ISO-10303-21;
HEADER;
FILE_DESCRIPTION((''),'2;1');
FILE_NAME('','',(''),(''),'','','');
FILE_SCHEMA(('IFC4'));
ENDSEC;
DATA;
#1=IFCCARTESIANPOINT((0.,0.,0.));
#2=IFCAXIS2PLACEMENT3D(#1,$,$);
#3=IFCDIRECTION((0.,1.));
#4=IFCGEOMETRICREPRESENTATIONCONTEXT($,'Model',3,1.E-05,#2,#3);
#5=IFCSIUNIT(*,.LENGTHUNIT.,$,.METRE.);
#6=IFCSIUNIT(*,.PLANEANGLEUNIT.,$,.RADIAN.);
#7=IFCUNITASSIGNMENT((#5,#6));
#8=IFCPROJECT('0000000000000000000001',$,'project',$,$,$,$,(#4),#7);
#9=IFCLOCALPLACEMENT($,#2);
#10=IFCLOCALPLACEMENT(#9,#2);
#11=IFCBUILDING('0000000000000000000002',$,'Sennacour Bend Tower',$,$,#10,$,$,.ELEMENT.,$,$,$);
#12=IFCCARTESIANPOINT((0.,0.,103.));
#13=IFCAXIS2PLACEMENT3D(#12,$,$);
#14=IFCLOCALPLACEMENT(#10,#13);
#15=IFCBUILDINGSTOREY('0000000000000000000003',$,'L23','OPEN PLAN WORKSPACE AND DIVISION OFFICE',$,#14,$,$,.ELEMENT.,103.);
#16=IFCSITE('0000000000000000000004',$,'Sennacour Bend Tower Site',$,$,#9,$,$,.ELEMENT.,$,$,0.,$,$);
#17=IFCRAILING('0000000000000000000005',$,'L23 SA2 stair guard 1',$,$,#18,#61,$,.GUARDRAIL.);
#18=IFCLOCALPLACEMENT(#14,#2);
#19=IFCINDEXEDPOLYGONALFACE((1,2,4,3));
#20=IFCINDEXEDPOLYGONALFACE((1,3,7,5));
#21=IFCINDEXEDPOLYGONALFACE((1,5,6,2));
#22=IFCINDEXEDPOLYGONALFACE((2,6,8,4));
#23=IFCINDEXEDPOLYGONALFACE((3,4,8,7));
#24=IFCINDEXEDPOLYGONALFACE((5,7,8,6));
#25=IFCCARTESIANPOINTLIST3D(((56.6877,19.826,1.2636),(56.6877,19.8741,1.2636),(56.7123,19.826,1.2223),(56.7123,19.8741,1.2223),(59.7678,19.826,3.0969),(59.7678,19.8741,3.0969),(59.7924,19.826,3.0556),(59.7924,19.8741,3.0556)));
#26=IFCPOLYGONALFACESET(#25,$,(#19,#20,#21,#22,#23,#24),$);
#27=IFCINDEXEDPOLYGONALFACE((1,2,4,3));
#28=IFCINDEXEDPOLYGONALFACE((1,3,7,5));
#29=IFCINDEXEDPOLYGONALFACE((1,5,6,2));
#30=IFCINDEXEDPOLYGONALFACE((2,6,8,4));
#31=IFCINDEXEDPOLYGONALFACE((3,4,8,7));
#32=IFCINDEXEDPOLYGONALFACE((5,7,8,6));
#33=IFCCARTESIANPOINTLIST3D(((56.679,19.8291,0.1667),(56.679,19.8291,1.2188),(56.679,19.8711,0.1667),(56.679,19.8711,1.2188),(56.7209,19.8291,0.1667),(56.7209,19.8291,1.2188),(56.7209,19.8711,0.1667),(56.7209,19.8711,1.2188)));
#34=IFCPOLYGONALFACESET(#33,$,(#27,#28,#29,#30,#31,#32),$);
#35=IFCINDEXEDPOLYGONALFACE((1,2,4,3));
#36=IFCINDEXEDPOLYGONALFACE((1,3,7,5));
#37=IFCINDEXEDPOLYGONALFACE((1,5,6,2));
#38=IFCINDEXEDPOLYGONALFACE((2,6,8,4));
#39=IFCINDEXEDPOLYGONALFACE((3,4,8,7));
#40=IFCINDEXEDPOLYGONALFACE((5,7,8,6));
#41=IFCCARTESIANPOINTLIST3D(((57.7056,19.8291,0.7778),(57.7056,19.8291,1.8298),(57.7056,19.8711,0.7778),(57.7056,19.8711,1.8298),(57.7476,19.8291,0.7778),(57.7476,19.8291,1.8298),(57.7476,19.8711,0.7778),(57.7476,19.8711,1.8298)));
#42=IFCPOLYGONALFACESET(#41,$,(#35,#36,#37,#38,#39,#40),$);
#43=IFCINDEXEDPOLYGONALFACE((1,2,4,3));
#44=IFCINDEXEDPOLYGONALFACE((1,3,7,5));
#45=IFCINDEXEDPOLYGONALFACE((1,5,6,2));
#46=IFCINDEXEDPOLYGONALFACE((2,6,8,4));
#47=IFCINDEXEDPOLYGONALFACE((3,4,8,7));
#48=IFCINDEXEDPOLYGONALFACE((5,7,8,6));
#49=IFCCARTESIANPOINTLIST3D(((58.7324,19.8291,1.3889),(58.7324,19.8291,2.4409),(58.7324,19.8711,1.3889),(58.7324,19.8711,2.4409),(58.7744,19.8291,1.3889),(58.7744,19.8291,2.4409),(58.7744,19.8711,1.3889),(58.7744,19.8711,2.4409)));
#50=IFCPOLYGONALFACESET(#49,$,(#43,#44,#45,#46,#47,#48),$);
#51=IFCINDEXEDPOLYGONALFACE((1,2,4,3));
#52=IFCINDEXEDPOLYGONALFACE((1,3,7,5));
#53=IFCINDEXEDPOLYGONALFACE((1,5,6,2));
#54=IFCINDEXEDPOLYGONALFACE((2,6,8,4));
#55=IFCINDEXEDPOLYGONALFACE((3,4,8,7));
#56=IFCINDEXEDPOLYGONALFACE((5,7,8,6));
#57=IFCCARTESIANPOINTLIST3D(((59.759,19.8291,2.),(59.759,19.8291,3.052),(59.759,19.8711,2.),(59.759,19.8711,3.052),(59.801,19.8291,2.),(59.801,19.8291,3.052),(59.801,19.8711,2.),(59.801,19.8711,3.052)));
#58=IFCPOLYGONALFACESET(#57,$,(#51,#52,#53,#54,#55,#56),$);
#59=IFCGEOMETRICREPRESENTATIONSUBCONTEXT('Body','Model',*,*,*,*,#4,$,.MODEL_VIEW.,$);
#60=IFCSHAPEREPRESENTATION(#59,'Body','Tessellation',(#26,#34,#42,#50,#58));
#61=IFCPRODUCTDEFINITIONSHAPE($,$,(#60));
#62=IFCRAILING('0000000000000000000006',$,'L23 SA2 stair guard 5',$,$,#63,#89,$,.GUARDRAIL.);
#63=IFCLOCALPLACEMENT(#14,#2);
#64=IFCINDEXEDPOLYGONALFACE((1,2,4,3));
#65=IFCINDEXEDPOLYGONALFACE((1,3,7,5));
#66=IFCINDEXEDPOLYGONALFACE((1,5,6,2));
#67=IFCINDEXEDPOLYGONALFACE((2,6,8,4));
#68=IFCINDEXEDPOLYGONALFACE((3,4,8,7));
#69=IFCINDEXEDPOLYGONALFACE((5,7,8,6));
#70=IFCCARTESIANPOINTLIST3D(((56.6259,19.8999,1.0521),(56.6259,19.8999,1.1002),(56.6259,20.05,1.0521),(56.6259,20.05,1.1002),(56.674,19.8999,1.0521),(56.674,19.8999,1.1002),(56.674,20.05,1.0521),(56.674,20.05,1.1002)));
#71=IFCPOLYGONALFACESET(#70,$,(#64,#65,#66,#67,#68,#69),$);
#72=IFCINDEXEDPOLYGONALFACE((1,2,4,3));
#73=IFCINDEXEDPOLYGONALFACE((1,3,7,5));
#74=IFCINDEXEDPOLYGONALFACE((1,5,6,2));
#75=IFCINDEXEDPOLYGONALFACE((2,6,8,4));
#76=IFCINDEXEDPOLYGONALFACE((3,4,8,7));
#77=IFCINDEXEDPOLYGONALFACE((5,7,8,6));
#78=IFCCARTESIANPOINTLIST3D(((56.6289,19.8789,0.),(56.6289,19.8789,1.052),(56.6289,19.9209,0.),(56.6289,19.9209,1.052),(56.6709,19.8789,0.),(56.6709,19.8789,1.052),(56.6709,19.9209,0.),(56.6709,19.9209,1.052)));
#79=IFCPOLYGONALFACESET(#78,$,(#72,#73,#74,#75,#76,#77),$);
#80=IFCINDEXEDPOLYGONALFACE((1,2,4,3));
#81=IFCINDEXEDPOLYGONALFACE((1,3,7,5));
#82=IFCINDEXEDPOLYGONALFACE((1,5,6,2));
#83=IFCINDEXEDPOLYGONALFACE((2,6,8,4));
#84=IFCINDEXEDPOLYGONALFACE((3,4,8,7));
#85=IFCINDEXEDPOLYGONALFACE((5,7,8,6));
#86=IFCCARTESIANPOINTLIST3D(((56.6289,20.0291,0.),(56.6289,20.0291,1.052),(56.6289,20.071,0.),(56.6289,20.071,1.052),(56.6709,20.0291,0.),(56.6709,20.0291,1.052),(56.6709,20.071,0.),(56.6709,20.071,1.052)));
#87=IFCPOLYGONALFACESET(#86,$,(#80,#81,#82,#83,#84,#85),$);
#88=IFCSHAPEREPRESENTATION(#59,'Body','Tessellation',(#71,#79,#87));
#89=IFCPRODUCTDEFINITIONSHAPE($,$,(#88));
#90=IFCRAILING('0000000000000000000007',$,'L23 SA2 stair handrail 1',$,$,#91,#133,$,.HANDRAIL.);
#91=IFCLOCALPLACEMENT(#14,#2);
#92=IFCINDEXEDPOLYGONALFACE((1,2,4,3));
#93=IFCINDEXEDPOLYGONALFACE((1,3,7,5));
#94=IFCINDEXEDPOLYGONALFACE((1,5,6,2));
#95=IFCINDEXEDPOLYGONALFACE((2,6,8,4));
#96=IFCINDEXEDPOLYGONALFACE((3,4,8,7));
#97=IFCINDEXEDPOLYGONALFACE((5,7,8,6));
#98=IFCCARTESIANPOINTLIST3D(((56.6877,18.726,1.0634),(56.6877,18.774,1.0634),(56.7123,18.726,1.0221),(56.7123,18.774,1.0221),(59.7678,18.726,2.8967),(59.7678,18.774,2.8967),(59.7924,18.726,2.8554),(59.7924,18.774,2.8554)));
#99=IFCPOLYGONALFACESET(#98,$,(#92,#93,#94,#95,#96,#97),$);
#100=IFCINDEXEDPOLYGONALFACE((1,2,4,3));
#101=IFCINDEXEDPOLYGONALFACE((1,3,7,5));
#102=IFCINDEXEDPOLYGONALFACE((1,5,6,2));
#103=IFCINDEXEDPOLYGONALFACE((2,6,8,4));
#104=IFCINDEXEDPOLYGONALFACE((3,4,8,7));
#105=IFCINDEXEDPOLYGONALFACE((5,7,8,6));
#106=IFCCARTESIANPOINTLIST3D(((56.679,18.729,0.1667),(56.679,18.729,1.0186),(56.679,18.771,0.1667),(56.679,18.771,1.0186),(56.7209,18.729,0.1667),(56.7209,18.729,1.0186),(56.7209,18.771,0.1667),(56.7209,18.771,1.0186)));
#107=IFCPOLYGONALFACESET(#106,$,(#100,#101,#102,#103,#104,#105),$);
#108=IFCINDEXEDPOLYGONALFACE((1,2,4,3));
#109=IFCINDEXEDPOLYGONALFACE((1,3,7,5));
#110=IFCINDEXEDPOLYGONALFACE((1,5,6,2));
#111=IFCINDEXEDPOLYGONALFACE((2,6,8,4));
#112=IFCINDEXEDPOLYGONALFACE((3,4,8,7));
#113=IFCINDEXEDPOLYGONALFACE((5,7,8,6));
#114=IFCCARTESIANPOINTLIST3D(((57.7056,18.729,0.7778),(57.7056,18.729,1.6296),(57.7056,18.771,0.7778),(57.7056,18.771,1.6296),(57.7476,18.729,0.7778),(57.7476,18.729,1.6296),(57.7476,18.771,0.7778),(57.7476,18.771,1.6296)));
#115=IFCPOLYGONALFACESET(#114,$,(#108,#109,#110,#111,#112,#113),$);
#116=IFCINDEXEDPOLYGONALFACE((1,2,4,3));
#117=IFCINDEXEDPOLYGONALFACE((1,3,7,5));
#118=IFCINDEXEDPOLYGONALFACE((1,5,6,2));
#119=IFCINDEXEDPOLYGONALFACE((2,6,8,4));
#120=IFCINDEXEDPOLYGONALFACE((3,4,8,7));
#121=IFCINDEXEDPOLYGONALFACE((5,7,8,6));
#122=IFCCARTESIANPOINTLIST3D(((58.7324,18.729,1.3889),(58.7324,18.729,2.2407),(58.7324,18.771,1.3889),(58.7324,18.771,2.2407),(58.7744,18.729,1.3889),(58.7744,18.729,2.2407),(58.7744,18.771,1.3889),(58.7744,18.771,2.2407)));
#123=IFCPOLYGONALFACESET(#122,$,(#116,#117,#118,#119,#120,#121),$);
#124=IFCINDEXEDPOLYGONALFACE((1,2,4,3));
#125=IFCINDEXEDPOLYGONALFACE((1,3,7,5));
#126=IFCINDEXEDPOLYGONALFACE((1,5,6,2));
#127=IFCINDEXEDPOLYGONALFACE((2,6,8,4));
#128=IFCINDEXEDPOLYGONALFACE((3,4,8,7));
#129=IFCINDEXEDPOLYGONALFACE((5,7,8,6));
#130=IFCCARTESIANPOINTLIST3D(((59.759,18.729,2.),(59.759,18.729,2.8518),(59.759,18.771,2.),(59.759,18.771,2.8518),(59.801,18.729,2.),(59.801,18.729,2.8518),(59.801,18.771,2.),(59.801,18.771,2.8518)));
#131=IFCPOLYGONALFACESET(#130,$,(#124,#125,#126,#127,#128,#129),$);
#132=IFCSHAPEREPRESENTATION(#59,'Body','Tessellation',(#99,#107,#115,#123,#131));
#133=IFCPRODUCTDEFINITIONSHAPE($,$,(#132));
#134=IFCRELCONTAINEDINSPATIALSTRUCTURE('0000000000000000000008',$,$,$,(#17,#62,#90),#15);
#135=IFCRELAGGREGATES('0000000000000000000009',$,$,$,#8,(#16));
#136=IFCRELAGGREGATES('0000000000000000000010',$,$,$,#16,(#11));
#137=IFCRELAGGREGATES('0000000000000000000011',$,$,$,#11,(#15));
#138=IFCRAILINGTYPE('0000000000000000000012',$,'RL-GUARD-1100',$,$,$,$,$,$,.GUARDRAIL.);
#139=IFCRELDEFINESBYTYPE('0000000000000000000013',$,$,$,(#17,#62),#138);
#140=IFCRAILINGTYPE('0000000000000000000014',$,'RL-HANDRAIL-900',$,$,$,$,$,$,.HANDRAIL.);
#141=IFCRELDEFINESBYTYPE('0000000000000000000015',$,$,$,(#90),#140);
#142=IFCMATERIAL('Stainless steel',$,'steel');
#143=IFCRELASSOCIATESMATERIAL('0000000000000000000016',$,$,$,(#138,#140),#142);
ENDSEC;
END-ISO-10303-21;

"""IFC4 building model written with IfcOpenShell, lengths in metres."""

from ifc_helpers import new_model, si_unit, direction, frame, origin, origin_2d, place, context, subcontext, project, spatial, rectangle, extrude, material, type_object, element, save


model = new_model("IFC4")

# Units and contexts
model_context = context("Model", 3, precision=1e-05, world=origin(), true_north=direction((0.0, 1.0)))
body_context = subcontext(model_context, "Body", "Model", "MODEL_VIEW")
ifc_project = project(units=[si_unit("LENGTHUNIT", "METRE"), si_unit("PLANEANGLEUNIT", "RADIAN")], contexts=[model_context])

# Site, building, storey
site_placement = place(None, origin())
site = spatial("IfcSite", under=ifc_project, at=site_placement, Name="Sennacour Bend Tower Site", CompositionType="ELEMENT", RefElevation=0.0)
building_placement = place(site_placement, origin())
building = spatial("IfcBuilding", under=site, at=building_placement, Name="Sennacour Bend Tower", CompositionType="ELEMENT")
storey_placement = place(building_placement, frame((0.0, 0.0, 103.0)))
storey = spatial("IfcBuildingStorey", under=building, at=storey_placement, Name="L23", Description="OPEN PLAN WORKSPACE AND DIVISION OFFICE", CompositionType="ELEMENT", Elevation=103.0)

# Shared definitions
ifc_material_1 = material(Name="Stainless steel", Category="steel")

# Railings
railing_type_1 = type_object("IfcRailingType", Name="RL-GUARD-1100", PredefinedType="GUARDRAIL", material=ifc_material_1)
railing_1_placement = place(storey_placement, frame((56.7, 19.8501, 0.1667)))
element("IfcRailing", 1, at=railing_1_placement, inside=storey, type_object=railing_type_1, Name="L23 SA2 stair guard 1", PredefinedType="GUARDRAIL", context=body_context, shape_type="SweptSolid", body=[
    extrude(rectangle(XDim=0.0481, YDim=0.0481, at=origin_2d()), frame((0.0, 0.0, 1.0762), z_axis=(0.859309, 0.0, 0.511458), x_axis=(0.0, 1.0, 0.0)), (0.0, 0.0, 1.0), 3.5845),
    extrude(rectangle(XDim=0.042, YDim=0.042, at=origin_2d()), origin(), (0.0, 0.0, 1.0), 1.052),
    extrude(rectangle(XDim=0.042, YDim=0.042, at=origin_2d()), frame((1.0266, 0.0, 0.6111)), (0.0, 0.0, 1.0), 1.052),
    extrude(rectangle(XDim=0.042, YDim=0.042, at=origin_2d()), frame((2.0535, 0.0, 1.2222)), (0.0, 0.0, 1.0), 1.052),
    extrude(rectangle(XDim=0.042, YDim=0.042, at=origin_2d()), frame((3.0801, 0.0, 1.8333)), (0.0, 0.0, 1.0), 1.052),
])
railing_2_placement = place(storey_placement, frame((56.6499, 19.8999, 0.0)))
element("IfcRailing", 2, at=railing_2_placement, inside=storey, type_object=railing_type_1, Name="L23 SA2 stair guard 5", PredefinedType="GUARDRAIL", context=body_context, shape_type="SweptSolid", body=[
    extrude(rectangle(XDim=0.0481, YDim=0.0481, at=origin_2d()), frame((0.0, 0.0, 1.0762), z_axis=(0.0, 1.0, 0.0), x_axis=(-1.0, 0.0, 0.0)), (0.0, 0.0, 1.0), 0.1501),
    extrude(rectangle(XDim=0.042, YDim=0.042, at=origin_2d()), origin(), (0.0, 0.0, 1.0), 1.052),
    extrude(rectangle(XDim=0.042, YDim=0.042, at=origin_2d()), frame((0.0, 0.1501, 0.0)), (0.0, 0.0, 1.0), 1.052),
])
railing_type_2 = type_object("IfcRailingType", Name="RL-HANDRAIL-900", PredefinedType="HANDRAIL", material=ifc_material_1)
railing_3_placement = place(storey_placement, frame((56.7, 18.75, 0.1667)))
element("IfcRailing", 3, at=railing_3_placement, inside=storey, type_object=railing_type_2, Name="L23 SA2 stair handrail 1", PredefinedType="HANDRAIL", context=body_context, shape_type="SweptSolid", body=[
    extrude(rectangle(XDim=0.0481, YDim=0.0481, at=origin_2d()), frame((0.0, 0.0, 0.876), z_axis=(0.859309, 0.0, 0.511458), x_axis=(0.0, 1.0, 0.0)), (0.0, 0.0, 1.0), 3.5845),
    extrude(rectangle(XDim=0.042, YDim=0.042, at=origin_2d()), origin(), (0.0, 0.0, 1.0), 0.8518),
    extrude(rectangle(XDim=0.042, YDim=0.042, at=origin_2d()), frame((1.0266, 0.0, 0.6111)), (0.0, 0.0, 1.0), 0.8518),
    extrude(rectangle(XDim=0.042, YDim=0.042, at=origin_2d()), frame((2.0535, 0.0, 1.2222)), (0.0, 0.0, 1.0), 0.8518),
    extrude(rectangle(XDim=0.042, YDim=0.042, at=origin_2d()), frame((3.0801, 0.0, 1.8333)), (0.0, 0.0, 1.0), 0.8518),
])

save(model, "model.ifc")
